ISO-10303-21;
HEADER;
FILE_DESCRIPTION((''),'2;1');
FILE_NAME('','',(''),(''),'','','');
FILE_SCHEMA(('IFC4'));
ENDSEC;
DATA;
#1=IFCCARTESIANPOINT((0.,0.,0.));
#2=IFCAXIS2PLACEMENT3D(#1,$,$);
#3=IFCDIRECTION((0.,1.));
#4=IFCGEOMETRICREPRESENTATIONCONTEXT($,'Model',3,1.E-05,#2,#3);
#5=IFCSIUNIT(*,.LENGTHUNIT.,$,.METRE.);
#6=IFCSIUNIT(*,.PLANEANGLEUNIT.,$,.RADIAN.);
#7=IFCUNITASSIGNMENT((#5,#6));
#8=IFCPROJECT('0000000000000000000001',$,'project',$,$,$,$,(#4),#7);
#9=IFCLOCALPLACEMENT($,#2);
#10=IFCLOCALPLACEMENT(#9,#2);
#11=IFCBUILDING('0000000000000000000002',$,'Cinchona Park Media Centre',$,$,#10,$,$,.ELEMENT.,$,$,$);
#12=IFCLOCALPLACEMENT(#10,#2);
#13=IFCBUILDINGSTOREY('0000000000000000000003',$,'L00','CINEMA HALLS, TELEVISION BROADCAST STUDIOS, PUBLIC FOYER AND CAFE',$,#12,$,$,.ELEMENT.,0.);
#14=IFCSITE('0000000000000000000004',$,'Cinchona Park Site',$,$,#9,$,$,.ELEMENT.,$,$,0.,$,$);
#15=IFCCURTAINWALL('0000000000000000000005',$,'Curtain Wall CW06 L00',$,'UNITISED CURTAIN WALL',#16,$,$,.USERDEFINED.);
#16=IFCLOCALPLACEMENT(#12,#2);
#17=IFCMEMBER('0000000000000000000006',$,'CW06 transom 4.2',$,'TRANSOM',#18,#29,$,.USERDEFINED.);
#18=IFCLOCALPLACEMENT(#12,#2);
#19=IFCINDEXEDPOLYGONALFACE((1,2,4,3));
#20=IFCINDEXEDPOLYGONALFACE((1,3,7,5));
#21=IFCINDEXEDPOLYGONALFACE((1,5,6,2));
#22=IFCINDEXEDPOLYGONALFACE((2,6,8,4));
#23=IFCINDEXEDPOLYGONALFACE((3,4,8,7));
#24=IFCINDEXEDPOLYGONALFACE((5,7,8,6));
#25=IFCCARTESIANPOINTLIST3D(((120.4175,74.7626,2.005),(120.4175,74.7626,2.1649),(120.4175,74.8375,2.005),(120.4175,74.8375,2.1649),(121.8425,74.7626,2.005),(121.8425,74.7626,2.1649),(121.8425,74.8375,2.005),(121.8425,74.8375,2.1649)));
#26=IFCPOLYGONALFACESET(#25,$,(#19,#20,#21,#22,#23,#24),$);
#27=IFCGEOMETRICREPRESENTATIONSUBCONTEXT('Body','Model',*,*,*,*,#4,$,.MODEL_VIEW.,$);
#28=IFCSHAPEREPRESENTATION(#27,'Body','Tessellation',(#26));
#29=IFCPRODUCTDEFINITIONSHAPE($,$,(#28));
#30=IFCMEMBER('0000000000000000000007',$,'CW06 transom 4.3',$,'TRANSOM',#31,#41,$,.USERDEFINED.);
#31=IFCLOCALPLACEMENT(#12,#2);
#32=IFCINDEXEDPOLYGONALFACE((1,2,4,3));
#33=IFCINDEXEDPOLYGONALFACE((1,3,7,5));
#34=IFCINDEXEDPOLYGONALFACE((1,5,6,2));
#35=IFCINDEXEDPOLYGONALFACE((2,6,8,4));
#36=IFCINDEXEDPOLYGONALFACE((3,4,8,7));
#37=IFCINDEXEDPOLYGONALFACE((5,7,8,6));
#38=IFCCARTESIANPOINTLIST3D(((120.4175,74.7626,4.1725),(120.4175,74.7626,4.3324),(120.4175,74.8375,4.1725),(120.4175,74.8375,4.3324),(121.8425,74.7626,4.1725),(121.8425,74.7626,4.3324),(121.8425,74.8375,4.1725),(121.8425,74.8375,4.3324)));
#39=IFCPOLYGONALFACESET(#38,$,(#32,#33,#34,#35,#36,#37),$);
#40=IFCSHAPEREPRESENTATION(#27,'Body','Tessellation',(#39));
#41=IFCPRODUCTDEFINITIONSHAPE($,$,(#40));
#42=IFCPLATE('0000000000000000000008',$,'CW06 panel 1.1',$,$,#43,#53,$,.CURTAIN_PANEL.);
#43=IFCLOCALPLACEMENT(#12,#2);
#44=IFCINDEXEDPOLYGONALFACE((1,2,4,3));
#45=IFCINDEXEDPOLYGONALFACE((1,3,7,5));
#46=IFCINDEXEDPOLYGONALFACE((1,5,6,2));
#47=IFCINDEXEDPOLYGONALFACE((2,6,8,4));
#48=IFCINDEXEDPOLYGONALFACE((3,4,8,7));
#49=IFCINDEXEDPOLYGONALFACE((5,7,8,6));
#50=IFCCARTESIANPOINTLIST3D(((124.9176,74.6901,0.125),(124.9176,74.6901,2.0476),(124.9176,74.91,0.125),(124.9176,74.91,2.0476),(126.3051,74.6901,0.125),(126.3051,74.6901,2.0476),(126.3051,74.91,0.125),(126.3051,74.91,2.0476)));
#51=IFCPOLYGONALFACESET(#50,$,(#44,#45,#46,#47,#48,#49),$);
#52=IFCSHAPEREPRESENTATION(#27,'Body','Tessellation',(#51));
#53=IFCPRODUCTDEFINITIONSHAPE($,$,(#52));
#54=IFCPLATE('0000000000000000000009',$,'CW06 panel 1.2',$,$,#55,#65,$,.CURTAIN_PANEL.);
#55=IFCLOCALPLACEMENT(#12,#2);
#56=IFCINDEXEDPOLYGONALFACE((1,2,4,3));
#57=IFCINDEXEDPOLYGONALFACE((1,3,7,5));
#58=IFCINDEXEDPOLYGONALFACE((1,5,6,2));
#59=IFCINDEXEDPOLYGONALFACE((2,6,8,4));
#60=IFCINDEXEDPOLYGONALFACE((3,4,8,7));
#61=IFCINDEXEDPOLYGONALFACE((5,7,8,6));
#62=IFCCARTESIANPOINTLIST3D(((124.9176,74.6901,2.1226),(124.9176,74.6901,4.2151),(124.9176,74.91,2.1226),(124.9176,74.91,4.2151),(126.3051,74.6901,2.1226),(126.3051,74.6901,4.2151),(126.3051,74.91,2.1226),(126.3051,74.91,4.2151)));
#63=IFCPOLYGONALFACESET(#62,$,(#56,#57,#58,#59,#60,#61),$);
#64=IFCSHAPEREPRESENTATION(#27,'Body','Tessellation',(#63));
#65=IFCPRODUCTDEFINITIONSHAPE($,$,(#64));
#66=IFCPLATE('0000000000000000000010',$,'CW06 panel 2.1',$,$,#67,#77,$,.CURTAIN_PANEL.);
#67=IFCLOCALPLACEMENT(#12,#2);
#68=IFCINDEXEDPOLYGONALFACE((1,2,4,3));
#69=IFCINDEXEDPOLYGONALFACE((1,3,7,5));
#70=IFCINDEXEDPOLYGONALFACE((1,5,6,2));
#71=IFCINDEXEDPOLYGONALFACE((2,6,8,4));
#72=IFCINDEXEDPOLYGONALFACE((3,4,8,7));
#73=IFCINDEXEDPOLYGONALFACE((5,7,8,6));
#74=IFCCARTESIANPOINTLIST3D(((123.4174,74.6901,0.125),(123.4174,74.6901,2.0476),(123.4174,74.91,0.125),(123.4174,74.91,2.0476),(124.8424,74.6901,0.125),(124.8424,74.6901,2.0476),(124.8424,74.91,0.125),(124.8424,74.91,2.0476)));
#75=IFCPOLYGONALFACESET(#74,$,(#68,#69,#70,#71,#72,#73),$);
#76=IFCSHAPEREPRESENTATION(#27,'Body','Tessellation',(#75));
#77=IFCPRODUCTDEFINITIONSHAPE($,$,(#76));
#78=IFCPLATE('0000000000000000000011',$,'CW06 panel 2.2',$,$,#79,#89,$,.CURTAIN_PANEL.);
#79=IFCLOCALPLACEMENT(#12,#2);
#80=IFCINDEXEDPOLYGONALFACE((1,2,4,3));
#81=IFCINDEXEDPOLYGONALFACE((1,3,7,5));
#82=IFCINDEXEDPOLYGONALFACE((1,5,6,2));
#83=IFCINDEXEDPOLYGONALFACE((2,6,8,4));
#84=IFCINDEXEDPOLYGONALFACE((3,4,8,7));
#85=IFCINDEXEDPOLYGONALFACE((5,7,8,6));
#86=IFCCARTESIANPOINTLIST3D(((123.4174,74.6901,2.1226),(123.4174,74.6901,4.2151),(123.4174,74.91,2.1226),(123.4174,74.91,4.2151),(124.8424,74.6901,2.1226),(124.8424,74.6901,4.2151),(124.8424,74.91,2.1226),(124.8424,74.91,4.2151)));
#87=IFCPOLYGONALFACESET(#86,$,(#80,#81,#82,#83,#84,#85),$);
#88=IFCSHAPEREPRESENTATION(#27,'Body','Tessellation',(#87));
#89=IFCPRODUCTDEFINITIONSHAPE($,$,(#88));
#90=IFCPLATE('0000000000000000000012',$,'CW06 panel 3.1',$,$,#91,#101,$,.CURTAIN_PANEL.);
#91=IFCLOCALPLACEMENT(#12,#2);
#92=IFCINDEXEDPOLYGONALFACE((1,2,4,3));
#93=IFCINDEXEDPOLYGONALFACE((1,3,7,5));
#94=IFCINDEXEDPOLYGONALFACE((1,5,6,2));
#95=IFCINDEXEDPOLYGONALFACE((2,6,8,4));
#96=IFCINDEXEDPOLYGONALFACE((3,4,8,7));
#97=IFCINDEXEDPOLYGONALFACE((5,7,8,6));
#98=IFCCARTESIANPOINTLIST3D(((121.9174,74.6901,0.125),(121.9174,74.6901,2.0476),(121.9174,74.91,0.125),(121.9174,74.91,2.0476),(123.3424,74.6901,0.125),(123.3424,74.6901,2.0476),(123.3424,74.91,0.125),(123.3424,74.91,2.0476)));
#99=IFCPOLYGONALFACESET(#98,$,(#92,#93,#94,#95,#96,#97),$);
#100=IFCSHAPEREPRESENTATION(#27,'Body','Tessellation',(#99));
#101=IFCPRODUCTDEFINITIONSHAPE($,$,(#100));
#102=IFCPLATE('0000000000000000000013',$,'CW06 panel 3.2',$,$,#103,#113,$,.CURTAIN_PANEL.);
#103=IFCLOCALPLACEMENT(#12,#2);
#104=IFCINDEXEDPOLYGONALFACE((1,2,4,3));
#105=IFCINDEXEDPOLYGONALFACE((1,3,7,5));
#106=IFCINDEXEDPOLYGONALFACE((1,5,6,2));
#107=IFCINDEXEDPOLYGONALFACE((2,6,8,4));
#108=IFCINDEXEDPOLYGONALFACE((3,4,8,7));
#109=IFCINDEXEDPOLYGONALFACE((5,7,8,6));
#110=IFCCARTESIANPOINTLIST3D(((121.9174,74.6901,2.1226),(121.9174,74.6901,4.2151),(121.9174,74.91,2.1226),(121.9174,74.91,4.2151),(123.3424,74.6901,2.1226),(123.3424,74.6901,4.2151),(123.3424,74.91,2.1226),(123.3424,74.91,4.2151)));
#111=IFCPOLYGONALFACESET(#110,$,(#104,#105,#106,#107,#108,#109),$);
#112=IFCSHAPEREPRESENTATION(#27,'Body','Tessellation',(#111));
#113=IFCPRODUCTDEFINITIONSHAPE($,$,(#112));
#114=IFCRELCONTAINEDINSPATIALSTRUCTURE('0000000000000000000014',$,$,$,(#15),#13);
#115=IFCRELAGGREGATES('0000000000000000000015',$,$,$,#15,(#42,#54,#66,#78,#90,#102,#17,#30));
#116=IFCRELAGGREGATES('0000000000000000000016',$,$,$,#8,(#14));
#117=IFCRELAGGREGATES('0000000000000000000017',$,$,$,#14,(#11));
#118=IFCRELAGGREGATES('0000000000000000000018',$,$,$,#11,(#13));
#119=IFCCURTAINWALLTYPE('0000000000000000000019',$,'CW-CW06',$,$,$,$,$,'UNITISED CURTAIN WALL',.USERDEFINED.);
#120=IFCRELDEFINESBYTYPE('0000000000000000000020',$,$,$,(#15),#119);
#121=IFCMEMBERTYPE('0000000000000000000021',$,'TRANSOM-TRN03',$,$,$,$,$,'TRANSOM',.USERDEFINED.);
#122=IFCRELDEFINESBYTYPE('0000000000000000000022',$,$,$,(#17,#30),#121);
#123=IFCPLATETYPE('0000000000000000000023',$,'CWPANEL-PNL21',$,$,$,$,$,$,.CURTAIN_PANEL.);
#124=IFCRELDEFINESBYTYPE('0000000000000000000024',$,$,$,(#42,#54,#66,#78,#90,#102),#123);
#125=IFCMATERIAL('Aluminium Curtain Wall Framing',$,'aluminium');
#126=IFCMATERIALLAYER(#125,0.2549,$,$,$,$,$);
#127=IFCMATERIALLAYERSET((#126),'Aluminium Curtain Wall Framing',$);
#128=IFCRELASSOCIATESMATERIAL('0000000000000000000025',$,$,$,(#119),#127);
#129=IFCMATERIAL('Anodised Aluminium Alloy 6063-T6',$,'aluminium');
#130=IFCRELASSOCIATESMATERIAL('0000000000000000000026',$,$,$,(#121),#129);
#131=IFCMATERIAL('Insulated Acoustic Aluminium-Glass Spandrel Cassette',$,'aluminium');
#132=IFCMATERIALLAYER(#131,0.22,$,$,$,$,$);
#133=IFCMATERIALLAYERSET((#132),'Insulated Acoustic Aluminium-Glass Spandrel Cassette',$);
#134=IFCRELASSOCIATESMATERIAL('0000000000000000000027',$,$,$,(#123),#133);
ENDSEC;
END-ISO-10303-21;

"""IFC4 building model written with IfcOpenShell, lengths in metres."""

from ifc_helpers import new_model, si_unit, direction, frame, origin, origin_2d, place, context, subcontext, project, spatial, rectangle, extrude, material, layer, layer_set, material_profile, profile_set, type_object, element, aggregate, save


model = new_model("IFC4")

# Units and contexts
model_context = context("Model", 3, precision=1e-05, world=origin(), true_north=direction((0.0, 1.0)))
body_context = subcontext(model_context, "Body", "Model", "MODEL_VIEW")
ifc_project = project(units=[si_unit("LENGTHUNIT", "METRE"), si_unit("PLANEANGLEUNIT", "RADIAN")], contexts=[model_context])

# Site, building, storey
site_placement = place(None, origin())
site = spatial("IfcSite", under=ifc_project, at=site_placement, Name="Cinchona Park Site", CompositionType="ELEMENT", RefElevation=0.0)
building_placement = place(site_placement, origin())
building = spatial("IfcBuilding", under=site, at=building_placement, Name="Cinchona Park Media Centre", CompositionType="ELEMENT")
storey_placement = place(building_placement, origin())
storey = spatial("IfcBuildingStorey", under=building, at=storey_placement, Name="L00", Description="CINEMA HALLS, TELEVISION BROADCAST STUDIOS, PUBLIC FOYER AND CAFE", CompositionType="ELEMENT", Elevation=0.0)

# Curtain wall, members, plates
ifc_material_1 = material(Name="Aluminium Curtain Wall Framing", Category="aluminium")
ifc_layer_1 = layer(ifc_material_1, 0.2549)
ifc_layer_set_1 = layer_set([ifc_layer_1], Name="Aluminium Curtain Wall Framing")
curtain_wall_type = type_object("IfcCurtainWallType", Name="CW-CW06", ElementType="UNITISED CURTAIN WALL", PredefinedType="USERDEFINED", material=ifc_layer_set_1)
curtain_wall_placement = place(storey_placement, origin())
curtain_wall = element("IfcCurtainWall", 1, at=curtain_wall_placement, inside=storey, type_object=curtain_wall_type, Name="Curtain Wall CW06 L00", ObjectType="UNITISED CURTAIN WALL", PredefinedType="USERDEFINED")
ifc_material_2 = material(Name="Anodised Aluminium Alloy 6063-T6", Category="aluminium")
ifc_material_profile_1 = material_profile(ifc_material_2, rectangle(XDim=0.075, YDim=0.1599, at=origin_2d()), Name="TRN-75X160")
ifc_profile_set_1 = profile_set([ifc_material_profile_1], Name="Anodised Aluminium Alloy 6063-T6")
member_type_1 = type_object("IfcMemberType", Name="TRANSOM-TRN03", ElementType="TRANSOM", PredefinedType="USERDEFINED", material=ifc_profile_set_1)
member_1_placement = place(storey_placement, frame((121.8425, 74.8, 2.085), z_axis=(-1.0, 0.0, 0.0), x_axis=(0.0, -1.0, 0.0)))
member_1 = element("IfcMember", 2, at=member_1_placement, type_object=member_type_1, Name="CW06 transom 4.2", ObjectType="TRANSOM", PredefinedType="USERDEFINED", context=body_context, shape_type="SweptSolid", body=[
    extrude(rectangle(XDim=0.075, YDim=0.1599, at=origin_2d()), origin(), (0.0, 0.0, 1.0), 1.425),
])
member_2_placement = place(storey_placement, frame((121.8425, 74.8, 4.2524), z_axis=(-1.0, 0.0, 0.0), x_axis=(0.0, -1.0, 0.0)))
member_2 = element("IfcMember", 3, at=member_2_placement, type_object=member_type_1, Name="CW06 transom 4.3", ObjectType="TRANSOM", PredefinedType="USERDEFINED", context=body_context, shape_type="SweptSolid", body=[
    extrude(rectangle(XDim=0.075, YDim=0.1599, at=origin_2d()), origin(), (0.0, 0.0, 1.0), 1.425),
])
ifc_material_3 = material(Name="Insulated Acoustic Aluminium-Glass Spandrel Cassette", Category="aluminium")
ifc_layer_2 = layer(ifc_material_3, 0.22)
ifc_layer_set_2 = layer_set([ifc_layer_2], Name="Insulated Acoustic Aluminium-Glass Spandrel Cassette")
plate_type = type_object("IfcPlateType", Name="CWPANEL-PNL21", PredefinedType="CURTAIN_PANEL", material=ifc_layer_set_2)
plate_1_placement = place(storey_placement, frame((125.6113, 74.8, 0.125), z_axis=(0.0, 0.0, 1.0), x_axis=(-1.0, 0.0, 0.0)))
plate_1 = element("IfcPlate", 4, at=plate_1_placement, type_object=plate_type, Name="CW06 panel 1.1", PredefinedType="CURTAIN_PANEL", context=body_context, shape_type="SweptSolid", body=[
    extrude(rectangle(XDim=1.3875, YDim=0.22, at=origin_2d()), origin(), (0.0, 0.0, 1.0), 1.9226),
])
plate_2_placement = place(storey_placement, frame((125.6113, 74.8, 2.1226), z_axis=(0.0, 0.0, 1.0), x_axis=(-1.0, 0.0, 0.0)))
plate_2 = element("IfcPlate", 5, at=plate_2_placement, type_object=plate_type, Name="CW06 panel 1.2", PredefinedType="CURTAIN_PANEL", context=body_context, shape_type="SweptSolid", body=[
    extrude(rectangle(XDim=1.3875, YDim=0.22, at=origin_2d()), origin(), (0.0, 0.0, 1.0), 2.0925),
])
plate_3_placement = place(storey_placement, frame((124.1299, 74.8, 0.125), z_axis=(0.0, 0.0, 1.0), x_axis=(-1.0, 0.0, 0.0)))
plate_3 = element("IfcPlate", 6, at=plate_3_placement, type_object=plate_type, Name="CW06 panel 2.1", PredefinedType="CURTAIN_PANEL", context=body_context, shape_type="SweptSolid", body=[
    extrude(rectangle(XDim=1.425, YDim=0.22, at=origin_2d()), origin(), (0.0, 0.0, 1.0), 1.9226),
])
plate_4_placement = place(storey_placement, frame((124.1299, 74.8, 2.1226), z_axis=(0.0, 0.0, 1.0), x_axis=(-1.0, 0.0, 0.0)))
plate_4 = element("IfcPlate", 7, at=plate_4_placement, type_object=plate_type, Name="CW06 panel 2.2", PredefinedType="CURTAIN_PANEL", context=body_context, shape_type="SweptSolid", body=[
    extrude(rectangle(XDim=1.425, YDim=0.22, at=origin_2d()), origin(), (0.0, 0.0, 1.0), 2.0925),
])
plate_5_placement = place(storey_placement, frame((122.6299, 74.8, 0.125), z_axis=(0.0, 0.0, 1.0), x_axis=(-1.0, 0.0, 0.0)))
plate_5 = element("IfcPlate", 8, at=plate_5_placement, type_object=plate_type, Name="CW06 panel 3.1", PredefinedType="CURTAIN_PANEL", context=body_context, shape_type="SweptSolid", body=[
    extrude(rectangle(XDim=1.425, YDim=0.22, at=origin_2d()), origin(), (0.0, 0.0, 1.0), 1.9226),
])
plate_6_placement = place(storey_placement, frame((122.6299, 74.8, 2.1226), z_axis=(0.0, 0.0, 1.0), x_axis=(-1.0, 0.0, 0.0)))
plate_6 = element("IfcPlate", 9, at=plate_6_placement, type_object=plate_type, Name="CW06 panel 3.2", PredefinedType="CURTAIN_PANEL", context=body_context, shape_type="SweptSolid", body=[
    extrude(rectangle(XDim=1.425, YDim=0.22, at=origin_2d()), origin(), (0.0, 0.0, 1.0), 2.0925),
])
aggregate(curtain_wall, [plate_1, plate_2, plate_3, plate_4, plate_5, plate_6, member_1, member_2])

save(model, "model.ifc")
